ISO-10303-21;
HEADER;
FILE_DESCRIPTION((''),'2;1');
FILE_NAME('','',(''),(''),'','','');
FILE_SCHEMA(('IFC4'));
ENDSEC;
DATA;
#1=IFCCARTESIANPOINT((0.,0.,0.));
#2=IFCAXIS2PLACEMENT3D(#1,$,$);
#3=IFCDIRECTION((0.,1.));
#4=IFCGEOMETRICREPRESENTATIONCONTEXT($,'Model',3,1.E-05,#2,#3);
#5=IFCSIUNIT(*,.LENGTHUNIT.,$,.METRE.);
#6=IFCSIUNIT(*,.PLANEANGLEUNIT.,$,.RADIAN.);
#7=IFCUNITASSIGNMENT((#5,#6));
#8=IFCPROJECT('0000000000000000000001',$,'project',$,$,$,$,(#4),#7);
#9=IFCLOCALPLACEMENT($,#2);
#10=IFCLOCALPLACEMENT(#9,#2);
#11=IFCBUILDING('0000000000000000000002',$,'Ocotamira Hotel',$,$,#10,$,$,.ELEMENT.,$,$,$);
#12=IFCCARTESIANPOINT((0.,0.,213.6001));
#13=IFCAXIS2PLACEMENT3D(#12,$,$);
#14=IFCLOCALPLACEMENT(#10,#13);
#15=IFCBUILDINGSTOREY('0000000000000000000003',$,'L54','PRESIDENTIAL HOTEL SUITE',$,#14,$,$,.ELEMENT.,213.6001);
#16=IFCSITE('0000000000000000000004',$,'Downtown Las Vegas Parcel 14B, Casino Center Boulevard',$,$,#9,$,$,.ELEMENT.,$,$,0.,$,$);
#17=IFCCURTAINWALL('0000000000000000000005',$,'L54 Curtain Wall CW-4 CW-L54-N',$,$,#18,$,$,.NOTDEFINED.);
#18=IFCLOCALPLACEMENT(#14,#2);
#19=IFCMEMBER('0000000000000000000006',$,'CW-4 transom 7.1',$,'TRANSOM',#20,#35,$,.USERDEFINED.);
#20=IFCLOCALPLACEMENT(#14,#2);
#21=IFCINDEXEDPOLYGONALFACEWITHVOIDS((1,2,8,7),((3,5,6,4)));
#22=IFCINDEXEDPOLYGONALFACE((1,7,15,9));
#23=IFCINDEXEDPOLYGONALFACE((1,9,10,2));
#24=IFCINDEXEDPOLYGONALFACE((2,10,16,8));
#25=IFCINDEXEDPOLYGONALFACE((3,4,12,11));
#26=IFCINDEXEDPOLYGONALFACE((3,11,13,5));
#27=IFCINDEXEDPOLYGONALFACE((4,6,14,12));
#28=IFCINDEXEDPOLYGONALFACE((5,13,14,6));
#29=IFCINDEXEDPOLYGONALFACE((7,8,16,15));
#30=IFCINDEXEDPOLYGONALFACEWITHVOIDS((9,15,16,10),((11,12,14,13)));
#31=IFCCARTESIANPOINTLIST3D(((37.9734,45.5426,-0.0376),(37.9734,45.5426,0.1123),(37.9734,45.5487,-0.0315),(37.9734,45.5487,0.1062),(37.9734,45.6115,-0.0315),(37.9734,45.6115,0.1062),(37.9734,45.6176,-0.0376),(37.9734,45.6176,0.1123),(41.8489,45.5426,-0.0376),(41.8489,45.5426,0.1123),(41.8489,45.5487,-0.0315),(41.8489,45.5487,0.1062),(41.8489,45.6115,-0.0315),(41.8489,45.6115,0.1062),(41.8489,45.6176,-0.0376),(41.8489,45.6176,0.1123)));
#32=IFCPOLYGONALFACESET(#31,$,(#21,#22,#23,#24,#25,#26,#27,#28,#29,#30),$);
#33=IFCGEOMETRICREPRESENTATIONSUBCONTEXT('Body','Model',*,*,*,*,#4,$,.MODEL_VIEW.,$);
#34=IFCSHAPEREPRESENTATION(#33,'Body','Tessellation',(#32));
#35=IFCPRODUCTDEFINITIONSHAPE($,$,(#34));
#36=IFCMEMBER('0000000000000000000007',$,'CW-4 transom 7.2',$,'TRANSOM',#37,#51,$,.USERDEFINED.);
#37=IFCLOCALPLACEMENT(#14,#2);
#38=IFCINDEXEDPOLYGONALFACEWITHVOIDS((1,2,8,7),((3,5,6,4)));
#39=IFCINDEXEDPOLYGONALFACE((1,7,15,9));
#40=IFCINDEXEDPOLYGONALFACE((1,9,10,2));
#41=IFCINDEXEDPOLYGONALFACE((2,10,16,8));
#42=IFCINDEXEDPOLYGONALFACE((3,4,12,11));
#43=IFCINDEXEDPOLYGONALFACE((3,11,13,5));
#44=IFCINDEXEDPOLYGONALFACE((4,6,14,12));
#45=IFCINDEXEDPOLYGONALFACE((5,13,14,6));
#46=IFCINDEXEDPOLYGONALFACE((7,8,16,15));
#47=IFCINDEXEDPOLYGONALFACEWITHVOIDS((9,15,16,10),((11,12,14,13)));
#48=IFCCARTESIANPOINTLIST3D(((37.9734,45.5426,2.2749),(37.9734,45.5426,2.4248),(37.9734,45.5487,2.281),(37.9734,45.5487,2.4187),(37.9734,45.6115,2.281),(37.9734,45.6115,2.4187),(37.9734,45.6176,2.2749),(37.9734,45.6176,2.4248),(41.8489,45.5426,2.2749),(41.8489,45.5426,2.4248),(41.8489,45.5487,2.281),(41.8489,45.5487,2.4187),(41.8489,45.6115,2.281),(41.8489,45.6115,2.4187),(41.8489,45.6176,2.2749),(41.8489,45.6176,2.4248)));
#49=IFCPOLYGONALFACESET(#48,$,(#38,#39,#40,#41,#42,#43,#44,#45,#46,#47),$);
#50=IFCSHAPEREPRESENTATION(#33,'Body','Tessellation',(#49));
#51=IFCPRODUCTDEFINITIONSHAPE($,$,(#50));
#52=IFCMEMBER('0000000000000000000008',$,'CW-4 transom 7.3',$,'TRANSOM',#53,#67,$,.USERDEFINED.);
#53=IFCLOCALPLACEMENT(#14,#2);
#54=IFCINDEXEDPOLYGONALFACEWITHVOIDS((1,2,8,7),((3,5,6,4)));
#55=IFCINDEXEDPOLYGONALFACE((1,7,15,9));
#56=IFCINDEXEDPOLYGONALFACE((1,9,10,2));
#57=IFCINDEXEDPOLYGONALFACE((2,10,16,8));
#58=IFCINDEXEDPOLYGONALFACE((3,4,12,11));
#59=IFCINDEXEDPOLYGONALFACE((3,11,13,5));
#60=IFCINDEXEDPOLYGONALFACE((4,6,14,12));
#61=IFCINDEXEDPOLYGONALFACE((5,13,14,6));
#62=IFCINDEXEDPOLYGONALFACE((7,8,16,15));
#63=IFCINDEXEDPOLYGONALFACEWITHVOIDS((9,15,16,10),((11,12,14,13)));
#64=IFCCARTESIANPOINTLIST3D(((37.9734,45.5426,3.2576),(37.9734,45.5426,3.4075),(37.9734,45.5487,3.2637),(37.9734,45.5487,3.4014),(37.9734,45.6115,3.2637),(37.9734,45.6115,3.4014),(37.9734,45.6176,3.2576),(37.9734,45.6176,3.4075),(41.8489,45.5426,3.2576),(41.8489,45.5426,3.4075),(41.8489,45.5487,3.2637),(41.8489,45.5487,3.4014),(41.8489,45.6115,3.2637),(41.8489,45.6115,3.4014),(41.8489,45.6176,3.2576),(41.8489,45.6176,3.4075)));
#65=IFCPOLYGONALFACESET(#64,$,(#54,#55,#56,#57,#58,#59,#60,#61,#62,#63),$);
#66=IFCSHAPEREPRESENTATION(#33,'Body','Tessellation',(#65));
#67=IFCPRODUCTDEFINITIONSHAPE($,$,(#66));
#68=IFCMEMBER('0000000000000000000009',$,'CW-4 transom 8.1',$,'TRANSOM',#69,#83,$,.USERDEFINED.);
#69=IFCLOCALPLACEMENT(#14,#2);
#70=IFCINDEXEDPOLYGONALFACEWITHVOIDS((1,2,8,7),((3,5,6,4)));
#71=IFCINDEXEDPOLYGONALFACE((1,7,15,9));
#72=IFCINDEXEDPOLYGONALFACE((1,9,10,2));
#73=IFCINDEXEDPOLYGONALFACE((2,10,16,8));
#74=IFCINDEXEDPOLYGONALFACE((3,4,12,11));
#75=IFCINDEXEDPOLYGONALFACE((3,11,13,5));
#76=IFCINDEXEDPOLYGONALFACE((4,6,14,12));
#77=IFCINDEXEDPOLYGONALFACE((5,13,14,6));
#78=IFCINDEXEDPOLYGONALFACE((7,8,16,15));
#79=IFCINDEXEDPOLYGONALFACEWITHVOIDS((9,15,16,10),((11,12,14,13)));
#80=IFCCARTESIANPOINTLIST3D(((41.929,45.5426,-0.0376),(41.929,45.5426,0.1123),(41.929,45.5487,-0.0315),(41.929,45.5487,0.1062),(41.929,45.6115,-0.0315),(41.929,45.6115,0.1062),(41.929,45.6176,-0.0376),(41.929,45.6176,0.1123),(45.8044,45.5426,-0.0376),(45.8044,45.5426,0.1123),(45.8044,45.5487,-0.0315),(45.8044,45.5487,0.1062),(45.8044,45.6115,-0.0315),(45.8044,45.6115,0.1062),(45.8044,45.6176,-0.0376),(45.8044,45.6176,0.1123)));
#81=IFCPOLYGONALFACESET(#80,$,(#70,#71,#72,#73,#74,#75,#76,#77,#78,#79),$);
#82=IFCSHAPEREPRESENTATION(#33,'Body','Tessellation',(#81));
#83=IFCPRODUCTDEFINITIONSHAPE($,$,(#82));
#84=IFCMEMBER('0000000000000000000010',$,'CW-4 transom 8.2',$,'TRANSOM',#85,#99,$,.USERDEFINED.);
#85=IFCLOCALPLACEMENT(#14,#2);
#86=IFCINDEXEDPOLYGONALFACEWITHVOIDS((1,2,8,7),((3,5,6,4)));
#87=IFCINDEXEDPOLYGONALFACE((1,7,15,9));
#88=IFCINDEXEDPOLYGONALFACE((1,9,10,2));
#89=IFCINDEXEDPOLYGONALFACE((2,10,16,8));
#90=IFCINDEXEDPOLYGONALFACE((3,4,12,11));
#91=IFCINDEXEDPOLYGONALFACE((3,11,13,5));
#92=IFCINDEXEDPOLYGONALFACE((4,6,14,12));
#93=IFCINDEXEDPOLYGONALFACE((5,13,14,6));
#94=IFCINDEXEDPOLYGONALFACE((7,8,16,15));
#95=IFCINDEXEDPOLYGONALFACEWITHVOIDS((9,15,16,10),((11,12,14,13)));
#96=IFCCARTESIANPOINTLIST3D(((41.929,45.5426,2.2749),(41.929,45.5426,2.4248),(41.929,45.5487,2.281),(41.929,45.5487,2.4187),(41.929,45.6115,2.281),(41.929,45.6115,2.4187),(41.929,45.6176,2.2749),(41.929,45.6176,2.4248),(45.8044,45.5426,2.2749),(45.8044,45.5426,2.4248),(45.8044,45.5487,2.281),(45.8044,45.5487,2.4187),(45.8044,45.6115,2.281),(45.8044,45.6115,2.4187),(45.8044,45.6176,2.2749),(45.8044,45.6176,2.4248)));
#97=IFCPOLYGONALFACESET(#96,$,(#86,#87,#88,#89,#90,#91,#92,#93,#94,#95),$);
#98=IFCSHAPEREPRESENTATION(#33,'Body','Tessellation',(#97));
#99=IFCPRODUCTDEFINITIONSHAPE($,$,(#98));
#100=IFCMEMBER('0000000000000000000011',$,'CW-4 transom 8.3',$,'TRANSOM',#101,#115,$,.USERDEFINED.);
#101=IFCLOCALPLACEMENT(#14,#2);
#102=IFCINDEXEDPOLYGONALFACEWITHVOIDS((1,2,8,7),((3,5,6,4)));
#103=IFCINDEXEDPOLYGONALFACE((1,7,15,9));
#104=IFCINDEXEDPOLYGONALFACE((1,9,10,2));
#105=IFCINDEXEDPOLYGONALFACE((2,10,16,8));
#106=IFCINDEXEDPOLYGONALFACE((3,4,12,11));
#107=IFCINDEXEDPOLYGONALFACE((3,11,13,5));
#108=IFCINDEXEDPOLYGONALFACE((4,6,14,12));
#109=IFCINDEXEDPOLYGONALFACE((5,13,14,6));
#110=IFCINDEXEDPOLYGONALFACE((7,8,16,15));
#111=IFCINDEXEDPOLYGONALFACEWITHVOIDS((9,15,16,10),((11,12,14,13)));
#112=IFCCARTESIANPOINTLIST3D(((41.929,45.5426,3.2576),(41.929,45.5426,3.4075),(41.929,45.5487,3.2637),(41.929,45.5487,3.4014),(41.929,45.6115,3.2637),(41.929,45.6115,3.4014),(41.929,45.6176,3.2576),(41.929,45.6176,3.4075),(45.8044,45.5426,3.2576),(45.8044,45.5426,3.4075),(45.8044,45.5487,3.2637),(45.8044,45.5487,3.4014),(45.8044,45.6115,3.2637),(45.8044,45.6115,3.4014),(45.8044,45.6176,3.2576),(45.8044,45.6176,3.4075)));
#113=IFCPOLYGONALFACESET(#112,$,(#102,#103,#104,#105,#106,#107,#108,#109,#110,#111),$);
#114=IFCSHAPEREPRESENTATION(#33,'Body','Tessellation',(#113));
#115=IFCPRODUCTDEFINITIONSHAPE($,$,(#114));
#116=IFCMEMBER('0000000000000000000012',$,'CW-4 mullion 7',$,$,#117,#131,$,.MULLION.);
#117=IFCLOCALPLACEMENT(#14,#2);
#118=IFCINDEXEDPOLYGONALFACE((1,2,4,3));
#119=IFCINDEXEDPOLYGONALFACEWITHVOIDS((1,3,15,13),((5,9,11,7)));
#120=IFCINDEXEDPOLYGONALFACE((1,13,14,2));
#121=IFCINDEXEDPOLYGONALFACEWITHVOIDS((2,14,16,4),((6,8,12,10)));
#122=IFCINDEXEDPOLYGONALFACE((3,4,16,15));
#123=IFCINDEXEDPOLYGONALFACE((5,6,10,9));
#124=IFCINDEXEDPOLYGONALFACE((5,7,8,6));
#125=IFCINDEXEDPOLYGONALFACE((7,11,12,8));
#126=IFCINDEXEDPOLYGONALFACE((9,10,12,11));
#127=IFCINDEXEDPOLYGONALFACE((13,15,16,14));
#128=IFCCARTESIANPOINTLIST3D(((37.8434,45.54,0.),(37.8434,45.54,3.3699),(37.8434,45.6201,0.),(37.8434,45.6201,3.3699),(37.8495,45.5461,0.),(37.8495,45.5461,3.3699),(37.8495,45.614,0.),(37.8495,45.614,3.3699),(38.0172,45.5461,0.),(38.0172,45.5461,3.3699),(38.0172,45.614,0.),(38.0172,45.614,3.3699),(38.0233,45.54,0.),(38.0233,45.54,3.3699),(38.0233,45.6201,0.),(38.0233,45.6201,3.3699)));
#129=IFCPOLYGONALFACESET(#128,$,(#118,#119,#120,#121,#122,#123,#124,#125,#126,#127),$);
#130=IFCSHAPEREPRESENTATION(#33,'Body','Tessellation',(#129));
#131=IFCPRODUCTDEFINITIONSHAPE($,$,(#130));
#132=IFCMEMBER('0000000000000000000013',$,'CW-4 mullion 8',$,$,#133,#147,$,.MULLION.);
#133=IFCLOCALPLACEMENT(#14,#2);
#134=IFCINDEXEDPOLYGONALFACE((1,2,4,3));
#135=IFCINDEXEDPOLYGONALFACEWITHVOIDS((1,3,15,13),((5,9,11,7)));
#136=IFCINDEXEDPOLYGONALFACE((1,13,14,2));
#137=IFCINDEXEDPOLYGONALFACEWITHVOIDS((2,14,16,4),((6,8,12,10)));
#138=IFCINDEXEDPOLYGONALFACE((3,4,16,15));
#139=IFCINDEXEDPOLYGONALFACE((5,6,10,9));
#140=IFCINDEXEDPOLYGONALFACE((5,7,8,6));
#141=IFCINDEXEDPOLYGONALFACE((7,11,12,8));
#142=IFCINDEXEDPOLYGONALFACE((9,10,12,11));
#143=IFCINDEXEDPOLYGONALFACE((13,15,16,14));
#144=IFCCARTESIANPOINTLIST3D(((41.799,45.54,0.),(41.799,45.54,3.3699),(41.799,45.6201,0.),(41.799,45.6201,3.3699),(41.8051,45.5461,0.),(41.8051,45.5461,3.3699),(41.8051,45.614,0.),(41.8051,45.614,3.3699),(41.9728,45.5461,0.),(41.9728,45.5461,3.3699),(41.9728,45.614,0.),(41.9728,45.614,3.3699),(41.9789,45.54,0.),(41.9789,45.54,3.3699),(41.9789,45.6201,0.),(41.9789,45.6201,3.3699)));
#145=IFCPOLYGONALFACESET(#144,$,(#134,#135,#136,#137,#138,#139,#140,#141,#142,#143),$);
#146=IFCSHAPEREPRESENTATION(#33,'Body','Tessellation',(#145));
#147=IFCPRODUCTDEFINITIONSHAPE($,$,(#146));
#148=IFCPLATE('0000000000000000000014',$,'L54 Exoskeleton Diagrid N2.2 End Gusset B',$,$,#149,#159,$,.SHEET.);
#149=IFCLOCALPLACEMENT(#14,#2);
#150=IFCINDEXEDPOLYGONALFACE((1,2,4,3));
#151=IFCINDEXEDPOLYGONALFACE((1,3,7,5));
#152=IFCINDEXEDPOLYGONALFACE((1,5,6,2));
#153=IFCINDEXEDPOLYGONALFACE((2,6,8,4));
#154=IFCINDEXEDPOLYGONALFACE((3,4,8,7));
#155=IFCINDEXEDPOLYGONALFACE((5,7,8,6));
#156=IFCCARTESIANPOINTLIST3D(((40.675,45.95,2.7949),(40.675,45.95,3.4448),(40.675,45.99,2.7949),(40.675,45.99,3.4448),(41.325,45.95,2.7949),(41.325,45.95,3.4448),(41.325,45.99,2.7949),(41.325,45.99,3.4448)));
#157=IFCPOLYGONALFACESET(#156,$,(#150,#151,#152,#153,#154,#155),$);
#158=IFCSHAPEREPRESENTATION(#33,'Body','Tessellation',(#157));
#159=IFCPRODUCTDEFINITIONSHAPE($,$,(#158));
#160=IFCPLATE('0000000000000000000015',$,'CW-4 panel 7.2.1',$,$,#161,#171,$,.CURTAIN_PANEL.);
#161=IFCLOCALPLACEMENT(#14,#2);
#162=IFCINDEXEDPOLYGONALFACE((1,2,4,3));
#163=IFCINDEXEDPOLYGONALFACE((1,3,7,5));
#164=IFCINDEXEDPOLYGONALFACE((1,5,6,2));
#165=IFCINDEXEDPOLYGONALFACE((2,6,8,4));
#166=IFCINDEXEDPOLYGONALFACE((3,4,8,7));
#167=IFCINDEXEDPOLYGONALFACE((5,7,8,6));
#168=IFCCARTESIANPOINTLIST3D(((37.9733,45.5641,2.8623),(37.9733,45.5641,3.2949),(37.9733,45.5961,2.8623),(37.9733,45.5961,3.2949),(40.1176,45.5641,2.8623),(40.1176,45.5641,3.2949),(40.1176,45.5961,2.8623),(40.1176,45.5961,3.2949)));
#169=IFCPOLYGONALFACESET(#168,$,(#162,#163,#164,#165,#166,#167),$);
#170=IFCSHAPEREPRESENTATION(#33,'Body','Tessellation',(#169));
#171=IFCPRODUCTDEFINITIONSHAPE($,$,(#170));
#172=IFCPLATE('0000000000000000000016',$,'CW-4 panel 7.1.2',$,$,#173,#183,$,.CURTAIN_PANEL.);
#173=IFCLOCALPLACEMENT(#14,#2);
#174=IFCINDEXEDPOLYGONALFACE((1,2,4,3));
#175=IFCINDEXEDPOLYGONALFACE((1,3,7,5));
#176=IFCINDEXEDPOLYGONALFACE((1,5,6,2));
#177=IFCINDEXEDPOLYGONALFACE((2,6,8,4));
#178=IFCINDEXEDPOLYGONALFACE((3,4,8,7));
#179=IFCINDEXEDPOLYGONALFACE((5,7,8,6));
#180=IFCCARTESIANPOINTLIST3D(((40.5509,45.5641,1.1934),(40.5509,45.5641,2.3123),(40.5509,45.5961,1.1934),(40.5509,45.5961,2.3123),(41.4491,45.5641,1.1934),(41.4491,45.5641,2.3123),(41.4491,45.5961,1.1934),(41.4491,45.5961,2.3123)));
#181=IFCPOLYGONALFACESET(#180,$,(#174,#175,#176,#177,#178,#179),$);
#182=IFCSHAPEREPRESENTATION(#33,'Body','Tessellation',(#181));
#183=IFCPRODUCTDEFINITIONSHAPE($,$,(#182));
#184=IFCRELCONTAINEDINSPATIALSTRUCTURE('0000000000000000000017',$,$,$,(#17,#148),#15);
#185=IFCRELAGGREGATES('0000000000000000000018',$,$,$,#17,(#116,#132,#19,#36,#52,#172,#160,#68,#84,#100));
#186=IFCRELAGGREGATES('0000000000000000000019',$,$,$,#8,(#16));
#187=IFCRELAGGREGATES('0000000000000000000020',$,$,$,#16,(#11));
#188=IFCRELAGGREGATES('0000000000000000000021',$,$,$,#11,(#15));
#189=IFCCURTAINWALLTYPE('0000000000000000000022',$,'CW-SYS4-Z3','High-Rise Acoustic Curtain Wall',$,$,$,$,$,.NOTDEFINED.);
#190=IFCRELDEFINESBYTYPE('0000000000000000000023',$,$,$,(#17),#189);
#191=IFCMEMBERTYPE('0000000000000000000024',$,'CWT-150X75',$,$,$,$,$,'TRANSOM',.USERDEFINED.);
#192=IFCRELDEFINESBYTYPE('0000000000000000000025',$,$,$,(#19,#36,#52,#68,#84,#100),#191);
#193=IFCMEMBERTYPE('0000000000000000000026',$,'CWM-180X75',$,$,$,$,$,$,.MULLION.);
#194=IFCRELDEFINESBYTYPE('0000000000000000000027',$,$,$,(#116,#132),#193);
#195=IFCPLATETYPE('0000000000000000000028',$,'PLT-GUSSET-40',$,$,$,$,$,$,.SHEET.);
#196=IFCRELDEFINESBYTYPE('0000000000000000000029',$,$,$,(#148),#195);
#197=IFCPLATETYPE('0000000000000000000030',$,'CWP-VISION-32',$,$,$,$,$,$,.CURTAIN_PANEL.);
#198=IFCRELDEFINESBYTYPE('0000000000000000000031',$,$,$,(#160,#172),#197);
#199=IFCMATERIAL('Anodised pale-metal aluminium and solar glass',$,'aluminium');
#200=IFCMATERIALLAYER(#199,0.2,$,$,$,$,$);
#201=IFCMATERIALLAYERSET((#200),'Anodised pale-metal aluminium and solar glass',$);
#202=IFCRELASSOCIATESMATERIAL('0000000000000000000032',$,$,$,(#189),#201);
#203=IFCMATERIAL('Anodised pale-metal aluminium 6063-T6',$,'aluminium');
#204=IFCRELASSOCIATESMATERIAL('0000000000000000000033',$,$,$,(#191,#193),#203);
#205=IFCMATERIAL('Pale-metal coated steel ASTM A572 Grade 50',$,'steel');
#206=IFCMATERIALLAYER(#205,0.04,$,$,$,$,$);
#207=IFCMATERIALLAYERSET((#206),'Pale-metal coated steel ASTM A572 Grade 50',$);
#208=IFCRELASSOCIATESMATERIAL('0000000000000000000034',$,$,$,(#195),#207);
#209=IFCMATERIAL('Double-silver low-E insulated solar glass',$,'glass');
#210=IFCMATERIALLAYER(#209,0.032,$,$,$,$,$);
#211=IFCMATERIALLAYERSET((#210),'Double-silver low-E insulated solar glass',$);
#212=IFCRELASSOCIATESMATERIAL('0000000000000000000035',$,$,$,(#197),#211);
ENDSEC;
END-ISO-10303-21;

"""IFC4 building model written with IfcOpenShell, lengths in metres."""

from ifc_helpers import new_model, si_unit, direction, frame, origin, origin_2d, place, context, subcontext, project, spatial, rectangle, hollow_rectangle, extrude, source, transform, mapped, material, layer, layer_set, material_profile, profile_set, type_object, element, aggregate, save


model = new_model("IFC4")

# Units and contexts
model_context = context("Model", 3, precision=1e-05, world=origin(), true_north=direction((0.0, 1.0)))
body_context = subcontext(model_context, "Body", "Model", "MODEL_VIEW")
ifc_project = project(units=[si_unit("LENGTHUNIT", "METRE"), si_unit("PLANEANGLEUNIT", "RADIAN")], contexts=[model_context])

# Site, building, storey
site_placement = place(None, origin())
site = spatial("IfcSite", under=ifc_project, at=site_placement, Name="Downtown Las Vegas Parcel 14B, Casino Center Boulevard", CompositionType="ELEMENT", RefElevation=0.0)
building_placement = place(site_placement, origin())
building = spatial("IfcBuilding", under=site, at=building_placement, Name="Ocotamira Hotel", CompositionType="ELEMENT")
storey_placement = place(building_placement, frame((0.0, 0.0, 213.6001)))
storey = spatial("IfcBuildingStorey", under=building, at=storey_placement, Name="L54", Description="PRESIDENTIAL HOTEL SUITE", CompositionType="ELEMENT", Elevation=213.6001)

# Curtain wall, members
ifc_material_1 = material(Name="Anodised pale-metal aluminium and solar glass", Category="aluminium")
ifc_layer_1 = layer(ifc_material_1, 0.2)
ifc_layer_set_1 = layer_set([ifc_layer_1], Name="Anodised pale-metal aluminium and solar glass")
curtain_wall_type = type_object("IfcCurtainWallType", Name="CW-SYS4-Z3", Description="High-Rise Acoustic Curtain Wall", PredefinedType="NOTDEFINED", material=ifc_layer_set_1)
curtain_wall_placement = place(storey_placement, origin())
curtain_wall = element("IfcCurtainWall", 1, at=curtain_wall_placement, inside=storey, type_object=curtain_wall_type, Name="L54 Curtain Wall CW-4 CW-L54-N", PredefinedType="NOTDEFINED")
ifc_material_2 = material(Name="Anodised pale-metal aluminium 6063-T6", Category="aluminium")
ifc_material_profile_1 = material_profile(ifc_material_2, hollow_rectangle(XDim=0.075, YDim=0.1499, WallThickness=0.0061, at=origin_2d()), Name="HSS150X75X6")
ifc_profile_set_1 = profile_set([ifc_material_profile_1], Name="Anodised pale-metal aluminium 6063-T6")
member_type_1 = type_object("IfcMemberType", Name="CWT-150X75", ElementType="TRANSOM", PredefinedType="USERDEFINED", material=ifc_profile_set_1)
shared_shape_1 = source(origin(), body_context, "Body", "SweptSolid", [
    extrude(hollow_rectangle(XDim=0.075, YDim=0.1499, WallThickness=0.0061, at=origin_2d()), origin(), (0.0, 0.0, 1.0), 3.8755),
])
member_1_placement = place(storey_placement, frame((37.9734, 45.5801, 0.0374), z_axis=(1.0, 0.0, 0.0), x_axis=(0.0, 1.0, 0.0)))
member_1 = element("IfcMember", 2, at=member_1_placement, type_object=member_type_1, Name="CW-4 transom 7.1", ObjectType="TRANSOM", PredefinedType="USERDEFINED", context=body_context, shape_type="MappedRepresentation", body=[
    mapped(shared_shape_1, transform((0.0, 0.0, 0.0), scale=1.0)),
])
member_2_placement = place(storey_placement, frame((37.9734, 45.5801, 2.3499), z_axis=(1.0, 0.0, 0.0), x_axis=(0.0, 1.0, 0.0)))
member_2 = element("IfcMember", 3, at=member_2_placement, type_object=member_type_1, Name="CW-4 transom 7.2", ObjectType="TRANSOM", PredefinedType="USERDEFINED", context=body_context, shape_type="MappedRepresentation", body=[
    mapped(shared_shape_1, transform((0.0, 0.0, 0.0), scale=1.0)),
])
member_3_placement = place(storey_placement, frame((37.9734, 45.5801, 3.3325), z_axis=(1.0, 0.0, 0.0), x_axis=(0.0, 1.0, 0.0)))
member_3 = element("IfcMember", 4, at=member_3_placement, type_object=member_type_1, Name="CW-4 transom 7.3", ObjectType="TRANSOM", PredefinedType="USERDEFINED", context=body_context, shape_type="MappedRepresentation", body=[
    mapped(shared_shape_1, transform((0.0, 0.0, 0.0), scale=1.0)),
])
member_4_placement = place(storey_placement, frame((41.929, 45.5801, 0.0374), z_axis=(1.0, 0.0, 0.0), x_axis=(0.0, 1.0, 0.0)))
member_4 = element("IfcMember", 5, at=member_4_placement, type_object=member_type_1, Name="CW-4 transom 8.1", ObjectType="TRANSOM", PredefinedType="USERDEFINED", context=body_context, shape_type="MappedRepresentation", body=[
    mapped(shared_shape_1, transform((0.0, 0.0, 0.0), scale=1.0)),
])
member_5_placement = place(storey_placement, frame((41.929, 45.5801, 2.3499), z_axis=(1.0, 0.0, 0.0), x_axis=(0.0, 1.0, 0.0)))
member_5 = element("IfcMember", 6, at=member_5_placement, type_object=member_type_1, Name="CW-4 transom 8.2", ObjectType="TRANSOM", PredefinedType="USERDEFINED", context=body_context, shape_type="MappedRepresentation", body=[
    mapped(shared_shape_1, transform((0.0, 0.0, 0.0), scale=1.0)),
])
member_6_placement = place(storey_placement, frame((41.929, 45.5801, 3.3325), z_axis=(1.0, 0.0, 0.0), x_axis=(0.0, 1.0, 0.0)))
member_6 = element("IfcMember", 7, at=member_6_placement, type_object=member_type_1, Name="CW-4 transom 8.3", ObjectType="TRANSOM", PredefinedType="USERDEFINED", context=body_context, shape_type="MappedRepresentation", body=[
    mapped(shared_shape_1, transform((0.0, 0.0, 0.0), scale=1.0)),
])
ifc_material_profile_2 = material_profile(ifc_material_2, hollow_rectangle(XDim=0.0801, YDim=0.1799, WallThickness=0.0061, at=origin_2d()), Name="HSS180X80X6")
ifc_profile_set_2 = profile_set([ifc_material_profile_2], Name="Anodised pale-metal aluminium 6063-T6")
member_type_2 = type_object("IfcMemberType", Name="CWM-180X75", PredefinedType="MULLION", material=ifc_profile_set_2)
shared_shape_2 = source(origin(), body_context, "Body", "SweptSolid", [
    extrude(hollow_rectangle(XDim=0.0801, YDim=0.1799, WallThickness=0.0061, at=origin_2d()), origin(), (0.0, 0.0, 1.0), 3.3699),
])
member_7_placement = place(storey_placement, frame((37.9333, 45.5801, 0.0), z_axis=(0.0, 0.0, 1.0), x_axis=(0.0, 1.0, 0.0)))
member_7 = element("IfcMember", 8, at=member_7_placement, type_object=member_type_2, Name="CW-4 mullion 7", PredefinedType="MULLION", context=body_context, shape_type="MappedRepresentation", body=[
    mapped(shared_shape_2, transform((0.0, 0.0, 0.0), scale=1.0)),
])
member_8_placement = place(storey_placement, frame((41.8889, 45.5801, 0.0), z_axis=(0.0, 0.0, 1.0), x_axis=(0.0, 1.0, 0.0)))
member_8 = element("IfcMember", 9, at=member_8_placement, type_object=member_type_2, Name="CW-4 mullion 8", PredefinedType="MULLION", context=body_context, shape_type="MappedRepresentation", body=[
    mapped(shared_shape_2, transform((0.0, 0.0, 0.0), scale=1.0)),
])

# Plates
ifc_material_3 = material(Name="Pale-metal coated steel ASTM A572 Grade 50", Category="steel")
ifc_layer_2 = layer(ifc_material_3, 0.04)
ifc_layer_set_2 = layer_set([ifc_layer_2], Name="Pale-metal coated steel ASTM A572 Grade 50")
plate_type_1 = type_object("IfcPlateType", Name="PLT-GUSSET-40", PredefinedType="SHEET", material=ifc_layer_set_2)
shared_shape_3 = source(origin(), body_context, "Body", "SweptSolid", [
    extrude(rectangle(XDim=0.6499, YDim=0.04, at=origin_2d()), origin(), (0.0, 0.0, 1.0), 0.6499),
])
plate_1_placement = place(storey_placement, frame((41.0, 45.97, 2.7949), z_axis=(0.0, 0.0, 1.0), x_axis=(1.0, 0.0, 0.0)))
element("IfcPlate", 10, at=plate_1_placement, inside=storey, type_object=plate_type_1, Name="L54 Exoskeleton Diagrid N2.2 End Gusset B", PredefinedType="SHEET", context=body_context, shape_type="MappedRepresentation", body=[
    mapped(shared_shape_3, transform((0.0, 0.0, 0.0), scale=1.0)),
])
ifc_material_4 = material(Name="Double-silver low-E insulated solar glass", Category="glass")
ifc_layer_3 = layer(ifc_material_4, 0.032)
ifc_layer_set_3 = layer_set([ifc_layer_3], Name="Double-silver low-E insulated solar glass")
plate_type_2 = type_object("IfcPlateType", Name="CWP-VISION-32", PredefinedType="CURTAIN_PANEL", material=ifc_layer_set_3)
shared_shape_4 = source(origin(), body_context, "Body", "SweptSolid", [
    extrude(rectangle(XDim=2.1443, YDim=0.032, at=origin_2d()), origin(), (0.0, 0.0, 1.0), 0.4326),
])
plate_2_placement = place(storey_placement, frame((39.0454, 45.5801, 2.8623), z_axis=(0.0, 0.0, 1.0), x_axis=(1.0, 0.0, 0.0)))
plate_2 = element("IfcPlate", 11, at=plate_2_placement, type_object=plate_type_2, Name="CW-4 panel 7.2.1", PredefinedType="CURTAIN_PANEL", context=body_context, shape_type="MappedRepresentation", body=[
    mapped(shared_shape_4, transform((0.0, 0.0, 0.0), scale=1.0)),
])
shared_shape_5 = source(origin(), body_context, "Body", "SweptSolid", [
    extrude(rectangle(XDim=0.8982, YDim=0.032, at=origin_2d()), origin(), (0.0, 0.0, 1.0), 1.1189),
])
plate_3_placement = place(storey_placement, frame((41.0, 45.5801, 1.1934), z_axis=(0.0, 0.0, 1.0), x_axis=(1.0, 0.0, 0.0)))
plate_3 = element("IfcPlate", 12, at=plate_3_placement, type_object=plate_type_2, Name="CW-4 panel 7.1.2", PredefinedType="CURTAIN_PANEL", context=body_context, shape_type="MappedRepresentation", body=[
    mapped(shared_shape_5, transform((0.0, 0.0, 0.0), scale=1.0)),
])
aggregate(curtain_wall, [member_7, member_8, member_1, member_2, member_3, plate_3, plate_2, member_4, member_5, member_6])

save(model, "model.ifc")
